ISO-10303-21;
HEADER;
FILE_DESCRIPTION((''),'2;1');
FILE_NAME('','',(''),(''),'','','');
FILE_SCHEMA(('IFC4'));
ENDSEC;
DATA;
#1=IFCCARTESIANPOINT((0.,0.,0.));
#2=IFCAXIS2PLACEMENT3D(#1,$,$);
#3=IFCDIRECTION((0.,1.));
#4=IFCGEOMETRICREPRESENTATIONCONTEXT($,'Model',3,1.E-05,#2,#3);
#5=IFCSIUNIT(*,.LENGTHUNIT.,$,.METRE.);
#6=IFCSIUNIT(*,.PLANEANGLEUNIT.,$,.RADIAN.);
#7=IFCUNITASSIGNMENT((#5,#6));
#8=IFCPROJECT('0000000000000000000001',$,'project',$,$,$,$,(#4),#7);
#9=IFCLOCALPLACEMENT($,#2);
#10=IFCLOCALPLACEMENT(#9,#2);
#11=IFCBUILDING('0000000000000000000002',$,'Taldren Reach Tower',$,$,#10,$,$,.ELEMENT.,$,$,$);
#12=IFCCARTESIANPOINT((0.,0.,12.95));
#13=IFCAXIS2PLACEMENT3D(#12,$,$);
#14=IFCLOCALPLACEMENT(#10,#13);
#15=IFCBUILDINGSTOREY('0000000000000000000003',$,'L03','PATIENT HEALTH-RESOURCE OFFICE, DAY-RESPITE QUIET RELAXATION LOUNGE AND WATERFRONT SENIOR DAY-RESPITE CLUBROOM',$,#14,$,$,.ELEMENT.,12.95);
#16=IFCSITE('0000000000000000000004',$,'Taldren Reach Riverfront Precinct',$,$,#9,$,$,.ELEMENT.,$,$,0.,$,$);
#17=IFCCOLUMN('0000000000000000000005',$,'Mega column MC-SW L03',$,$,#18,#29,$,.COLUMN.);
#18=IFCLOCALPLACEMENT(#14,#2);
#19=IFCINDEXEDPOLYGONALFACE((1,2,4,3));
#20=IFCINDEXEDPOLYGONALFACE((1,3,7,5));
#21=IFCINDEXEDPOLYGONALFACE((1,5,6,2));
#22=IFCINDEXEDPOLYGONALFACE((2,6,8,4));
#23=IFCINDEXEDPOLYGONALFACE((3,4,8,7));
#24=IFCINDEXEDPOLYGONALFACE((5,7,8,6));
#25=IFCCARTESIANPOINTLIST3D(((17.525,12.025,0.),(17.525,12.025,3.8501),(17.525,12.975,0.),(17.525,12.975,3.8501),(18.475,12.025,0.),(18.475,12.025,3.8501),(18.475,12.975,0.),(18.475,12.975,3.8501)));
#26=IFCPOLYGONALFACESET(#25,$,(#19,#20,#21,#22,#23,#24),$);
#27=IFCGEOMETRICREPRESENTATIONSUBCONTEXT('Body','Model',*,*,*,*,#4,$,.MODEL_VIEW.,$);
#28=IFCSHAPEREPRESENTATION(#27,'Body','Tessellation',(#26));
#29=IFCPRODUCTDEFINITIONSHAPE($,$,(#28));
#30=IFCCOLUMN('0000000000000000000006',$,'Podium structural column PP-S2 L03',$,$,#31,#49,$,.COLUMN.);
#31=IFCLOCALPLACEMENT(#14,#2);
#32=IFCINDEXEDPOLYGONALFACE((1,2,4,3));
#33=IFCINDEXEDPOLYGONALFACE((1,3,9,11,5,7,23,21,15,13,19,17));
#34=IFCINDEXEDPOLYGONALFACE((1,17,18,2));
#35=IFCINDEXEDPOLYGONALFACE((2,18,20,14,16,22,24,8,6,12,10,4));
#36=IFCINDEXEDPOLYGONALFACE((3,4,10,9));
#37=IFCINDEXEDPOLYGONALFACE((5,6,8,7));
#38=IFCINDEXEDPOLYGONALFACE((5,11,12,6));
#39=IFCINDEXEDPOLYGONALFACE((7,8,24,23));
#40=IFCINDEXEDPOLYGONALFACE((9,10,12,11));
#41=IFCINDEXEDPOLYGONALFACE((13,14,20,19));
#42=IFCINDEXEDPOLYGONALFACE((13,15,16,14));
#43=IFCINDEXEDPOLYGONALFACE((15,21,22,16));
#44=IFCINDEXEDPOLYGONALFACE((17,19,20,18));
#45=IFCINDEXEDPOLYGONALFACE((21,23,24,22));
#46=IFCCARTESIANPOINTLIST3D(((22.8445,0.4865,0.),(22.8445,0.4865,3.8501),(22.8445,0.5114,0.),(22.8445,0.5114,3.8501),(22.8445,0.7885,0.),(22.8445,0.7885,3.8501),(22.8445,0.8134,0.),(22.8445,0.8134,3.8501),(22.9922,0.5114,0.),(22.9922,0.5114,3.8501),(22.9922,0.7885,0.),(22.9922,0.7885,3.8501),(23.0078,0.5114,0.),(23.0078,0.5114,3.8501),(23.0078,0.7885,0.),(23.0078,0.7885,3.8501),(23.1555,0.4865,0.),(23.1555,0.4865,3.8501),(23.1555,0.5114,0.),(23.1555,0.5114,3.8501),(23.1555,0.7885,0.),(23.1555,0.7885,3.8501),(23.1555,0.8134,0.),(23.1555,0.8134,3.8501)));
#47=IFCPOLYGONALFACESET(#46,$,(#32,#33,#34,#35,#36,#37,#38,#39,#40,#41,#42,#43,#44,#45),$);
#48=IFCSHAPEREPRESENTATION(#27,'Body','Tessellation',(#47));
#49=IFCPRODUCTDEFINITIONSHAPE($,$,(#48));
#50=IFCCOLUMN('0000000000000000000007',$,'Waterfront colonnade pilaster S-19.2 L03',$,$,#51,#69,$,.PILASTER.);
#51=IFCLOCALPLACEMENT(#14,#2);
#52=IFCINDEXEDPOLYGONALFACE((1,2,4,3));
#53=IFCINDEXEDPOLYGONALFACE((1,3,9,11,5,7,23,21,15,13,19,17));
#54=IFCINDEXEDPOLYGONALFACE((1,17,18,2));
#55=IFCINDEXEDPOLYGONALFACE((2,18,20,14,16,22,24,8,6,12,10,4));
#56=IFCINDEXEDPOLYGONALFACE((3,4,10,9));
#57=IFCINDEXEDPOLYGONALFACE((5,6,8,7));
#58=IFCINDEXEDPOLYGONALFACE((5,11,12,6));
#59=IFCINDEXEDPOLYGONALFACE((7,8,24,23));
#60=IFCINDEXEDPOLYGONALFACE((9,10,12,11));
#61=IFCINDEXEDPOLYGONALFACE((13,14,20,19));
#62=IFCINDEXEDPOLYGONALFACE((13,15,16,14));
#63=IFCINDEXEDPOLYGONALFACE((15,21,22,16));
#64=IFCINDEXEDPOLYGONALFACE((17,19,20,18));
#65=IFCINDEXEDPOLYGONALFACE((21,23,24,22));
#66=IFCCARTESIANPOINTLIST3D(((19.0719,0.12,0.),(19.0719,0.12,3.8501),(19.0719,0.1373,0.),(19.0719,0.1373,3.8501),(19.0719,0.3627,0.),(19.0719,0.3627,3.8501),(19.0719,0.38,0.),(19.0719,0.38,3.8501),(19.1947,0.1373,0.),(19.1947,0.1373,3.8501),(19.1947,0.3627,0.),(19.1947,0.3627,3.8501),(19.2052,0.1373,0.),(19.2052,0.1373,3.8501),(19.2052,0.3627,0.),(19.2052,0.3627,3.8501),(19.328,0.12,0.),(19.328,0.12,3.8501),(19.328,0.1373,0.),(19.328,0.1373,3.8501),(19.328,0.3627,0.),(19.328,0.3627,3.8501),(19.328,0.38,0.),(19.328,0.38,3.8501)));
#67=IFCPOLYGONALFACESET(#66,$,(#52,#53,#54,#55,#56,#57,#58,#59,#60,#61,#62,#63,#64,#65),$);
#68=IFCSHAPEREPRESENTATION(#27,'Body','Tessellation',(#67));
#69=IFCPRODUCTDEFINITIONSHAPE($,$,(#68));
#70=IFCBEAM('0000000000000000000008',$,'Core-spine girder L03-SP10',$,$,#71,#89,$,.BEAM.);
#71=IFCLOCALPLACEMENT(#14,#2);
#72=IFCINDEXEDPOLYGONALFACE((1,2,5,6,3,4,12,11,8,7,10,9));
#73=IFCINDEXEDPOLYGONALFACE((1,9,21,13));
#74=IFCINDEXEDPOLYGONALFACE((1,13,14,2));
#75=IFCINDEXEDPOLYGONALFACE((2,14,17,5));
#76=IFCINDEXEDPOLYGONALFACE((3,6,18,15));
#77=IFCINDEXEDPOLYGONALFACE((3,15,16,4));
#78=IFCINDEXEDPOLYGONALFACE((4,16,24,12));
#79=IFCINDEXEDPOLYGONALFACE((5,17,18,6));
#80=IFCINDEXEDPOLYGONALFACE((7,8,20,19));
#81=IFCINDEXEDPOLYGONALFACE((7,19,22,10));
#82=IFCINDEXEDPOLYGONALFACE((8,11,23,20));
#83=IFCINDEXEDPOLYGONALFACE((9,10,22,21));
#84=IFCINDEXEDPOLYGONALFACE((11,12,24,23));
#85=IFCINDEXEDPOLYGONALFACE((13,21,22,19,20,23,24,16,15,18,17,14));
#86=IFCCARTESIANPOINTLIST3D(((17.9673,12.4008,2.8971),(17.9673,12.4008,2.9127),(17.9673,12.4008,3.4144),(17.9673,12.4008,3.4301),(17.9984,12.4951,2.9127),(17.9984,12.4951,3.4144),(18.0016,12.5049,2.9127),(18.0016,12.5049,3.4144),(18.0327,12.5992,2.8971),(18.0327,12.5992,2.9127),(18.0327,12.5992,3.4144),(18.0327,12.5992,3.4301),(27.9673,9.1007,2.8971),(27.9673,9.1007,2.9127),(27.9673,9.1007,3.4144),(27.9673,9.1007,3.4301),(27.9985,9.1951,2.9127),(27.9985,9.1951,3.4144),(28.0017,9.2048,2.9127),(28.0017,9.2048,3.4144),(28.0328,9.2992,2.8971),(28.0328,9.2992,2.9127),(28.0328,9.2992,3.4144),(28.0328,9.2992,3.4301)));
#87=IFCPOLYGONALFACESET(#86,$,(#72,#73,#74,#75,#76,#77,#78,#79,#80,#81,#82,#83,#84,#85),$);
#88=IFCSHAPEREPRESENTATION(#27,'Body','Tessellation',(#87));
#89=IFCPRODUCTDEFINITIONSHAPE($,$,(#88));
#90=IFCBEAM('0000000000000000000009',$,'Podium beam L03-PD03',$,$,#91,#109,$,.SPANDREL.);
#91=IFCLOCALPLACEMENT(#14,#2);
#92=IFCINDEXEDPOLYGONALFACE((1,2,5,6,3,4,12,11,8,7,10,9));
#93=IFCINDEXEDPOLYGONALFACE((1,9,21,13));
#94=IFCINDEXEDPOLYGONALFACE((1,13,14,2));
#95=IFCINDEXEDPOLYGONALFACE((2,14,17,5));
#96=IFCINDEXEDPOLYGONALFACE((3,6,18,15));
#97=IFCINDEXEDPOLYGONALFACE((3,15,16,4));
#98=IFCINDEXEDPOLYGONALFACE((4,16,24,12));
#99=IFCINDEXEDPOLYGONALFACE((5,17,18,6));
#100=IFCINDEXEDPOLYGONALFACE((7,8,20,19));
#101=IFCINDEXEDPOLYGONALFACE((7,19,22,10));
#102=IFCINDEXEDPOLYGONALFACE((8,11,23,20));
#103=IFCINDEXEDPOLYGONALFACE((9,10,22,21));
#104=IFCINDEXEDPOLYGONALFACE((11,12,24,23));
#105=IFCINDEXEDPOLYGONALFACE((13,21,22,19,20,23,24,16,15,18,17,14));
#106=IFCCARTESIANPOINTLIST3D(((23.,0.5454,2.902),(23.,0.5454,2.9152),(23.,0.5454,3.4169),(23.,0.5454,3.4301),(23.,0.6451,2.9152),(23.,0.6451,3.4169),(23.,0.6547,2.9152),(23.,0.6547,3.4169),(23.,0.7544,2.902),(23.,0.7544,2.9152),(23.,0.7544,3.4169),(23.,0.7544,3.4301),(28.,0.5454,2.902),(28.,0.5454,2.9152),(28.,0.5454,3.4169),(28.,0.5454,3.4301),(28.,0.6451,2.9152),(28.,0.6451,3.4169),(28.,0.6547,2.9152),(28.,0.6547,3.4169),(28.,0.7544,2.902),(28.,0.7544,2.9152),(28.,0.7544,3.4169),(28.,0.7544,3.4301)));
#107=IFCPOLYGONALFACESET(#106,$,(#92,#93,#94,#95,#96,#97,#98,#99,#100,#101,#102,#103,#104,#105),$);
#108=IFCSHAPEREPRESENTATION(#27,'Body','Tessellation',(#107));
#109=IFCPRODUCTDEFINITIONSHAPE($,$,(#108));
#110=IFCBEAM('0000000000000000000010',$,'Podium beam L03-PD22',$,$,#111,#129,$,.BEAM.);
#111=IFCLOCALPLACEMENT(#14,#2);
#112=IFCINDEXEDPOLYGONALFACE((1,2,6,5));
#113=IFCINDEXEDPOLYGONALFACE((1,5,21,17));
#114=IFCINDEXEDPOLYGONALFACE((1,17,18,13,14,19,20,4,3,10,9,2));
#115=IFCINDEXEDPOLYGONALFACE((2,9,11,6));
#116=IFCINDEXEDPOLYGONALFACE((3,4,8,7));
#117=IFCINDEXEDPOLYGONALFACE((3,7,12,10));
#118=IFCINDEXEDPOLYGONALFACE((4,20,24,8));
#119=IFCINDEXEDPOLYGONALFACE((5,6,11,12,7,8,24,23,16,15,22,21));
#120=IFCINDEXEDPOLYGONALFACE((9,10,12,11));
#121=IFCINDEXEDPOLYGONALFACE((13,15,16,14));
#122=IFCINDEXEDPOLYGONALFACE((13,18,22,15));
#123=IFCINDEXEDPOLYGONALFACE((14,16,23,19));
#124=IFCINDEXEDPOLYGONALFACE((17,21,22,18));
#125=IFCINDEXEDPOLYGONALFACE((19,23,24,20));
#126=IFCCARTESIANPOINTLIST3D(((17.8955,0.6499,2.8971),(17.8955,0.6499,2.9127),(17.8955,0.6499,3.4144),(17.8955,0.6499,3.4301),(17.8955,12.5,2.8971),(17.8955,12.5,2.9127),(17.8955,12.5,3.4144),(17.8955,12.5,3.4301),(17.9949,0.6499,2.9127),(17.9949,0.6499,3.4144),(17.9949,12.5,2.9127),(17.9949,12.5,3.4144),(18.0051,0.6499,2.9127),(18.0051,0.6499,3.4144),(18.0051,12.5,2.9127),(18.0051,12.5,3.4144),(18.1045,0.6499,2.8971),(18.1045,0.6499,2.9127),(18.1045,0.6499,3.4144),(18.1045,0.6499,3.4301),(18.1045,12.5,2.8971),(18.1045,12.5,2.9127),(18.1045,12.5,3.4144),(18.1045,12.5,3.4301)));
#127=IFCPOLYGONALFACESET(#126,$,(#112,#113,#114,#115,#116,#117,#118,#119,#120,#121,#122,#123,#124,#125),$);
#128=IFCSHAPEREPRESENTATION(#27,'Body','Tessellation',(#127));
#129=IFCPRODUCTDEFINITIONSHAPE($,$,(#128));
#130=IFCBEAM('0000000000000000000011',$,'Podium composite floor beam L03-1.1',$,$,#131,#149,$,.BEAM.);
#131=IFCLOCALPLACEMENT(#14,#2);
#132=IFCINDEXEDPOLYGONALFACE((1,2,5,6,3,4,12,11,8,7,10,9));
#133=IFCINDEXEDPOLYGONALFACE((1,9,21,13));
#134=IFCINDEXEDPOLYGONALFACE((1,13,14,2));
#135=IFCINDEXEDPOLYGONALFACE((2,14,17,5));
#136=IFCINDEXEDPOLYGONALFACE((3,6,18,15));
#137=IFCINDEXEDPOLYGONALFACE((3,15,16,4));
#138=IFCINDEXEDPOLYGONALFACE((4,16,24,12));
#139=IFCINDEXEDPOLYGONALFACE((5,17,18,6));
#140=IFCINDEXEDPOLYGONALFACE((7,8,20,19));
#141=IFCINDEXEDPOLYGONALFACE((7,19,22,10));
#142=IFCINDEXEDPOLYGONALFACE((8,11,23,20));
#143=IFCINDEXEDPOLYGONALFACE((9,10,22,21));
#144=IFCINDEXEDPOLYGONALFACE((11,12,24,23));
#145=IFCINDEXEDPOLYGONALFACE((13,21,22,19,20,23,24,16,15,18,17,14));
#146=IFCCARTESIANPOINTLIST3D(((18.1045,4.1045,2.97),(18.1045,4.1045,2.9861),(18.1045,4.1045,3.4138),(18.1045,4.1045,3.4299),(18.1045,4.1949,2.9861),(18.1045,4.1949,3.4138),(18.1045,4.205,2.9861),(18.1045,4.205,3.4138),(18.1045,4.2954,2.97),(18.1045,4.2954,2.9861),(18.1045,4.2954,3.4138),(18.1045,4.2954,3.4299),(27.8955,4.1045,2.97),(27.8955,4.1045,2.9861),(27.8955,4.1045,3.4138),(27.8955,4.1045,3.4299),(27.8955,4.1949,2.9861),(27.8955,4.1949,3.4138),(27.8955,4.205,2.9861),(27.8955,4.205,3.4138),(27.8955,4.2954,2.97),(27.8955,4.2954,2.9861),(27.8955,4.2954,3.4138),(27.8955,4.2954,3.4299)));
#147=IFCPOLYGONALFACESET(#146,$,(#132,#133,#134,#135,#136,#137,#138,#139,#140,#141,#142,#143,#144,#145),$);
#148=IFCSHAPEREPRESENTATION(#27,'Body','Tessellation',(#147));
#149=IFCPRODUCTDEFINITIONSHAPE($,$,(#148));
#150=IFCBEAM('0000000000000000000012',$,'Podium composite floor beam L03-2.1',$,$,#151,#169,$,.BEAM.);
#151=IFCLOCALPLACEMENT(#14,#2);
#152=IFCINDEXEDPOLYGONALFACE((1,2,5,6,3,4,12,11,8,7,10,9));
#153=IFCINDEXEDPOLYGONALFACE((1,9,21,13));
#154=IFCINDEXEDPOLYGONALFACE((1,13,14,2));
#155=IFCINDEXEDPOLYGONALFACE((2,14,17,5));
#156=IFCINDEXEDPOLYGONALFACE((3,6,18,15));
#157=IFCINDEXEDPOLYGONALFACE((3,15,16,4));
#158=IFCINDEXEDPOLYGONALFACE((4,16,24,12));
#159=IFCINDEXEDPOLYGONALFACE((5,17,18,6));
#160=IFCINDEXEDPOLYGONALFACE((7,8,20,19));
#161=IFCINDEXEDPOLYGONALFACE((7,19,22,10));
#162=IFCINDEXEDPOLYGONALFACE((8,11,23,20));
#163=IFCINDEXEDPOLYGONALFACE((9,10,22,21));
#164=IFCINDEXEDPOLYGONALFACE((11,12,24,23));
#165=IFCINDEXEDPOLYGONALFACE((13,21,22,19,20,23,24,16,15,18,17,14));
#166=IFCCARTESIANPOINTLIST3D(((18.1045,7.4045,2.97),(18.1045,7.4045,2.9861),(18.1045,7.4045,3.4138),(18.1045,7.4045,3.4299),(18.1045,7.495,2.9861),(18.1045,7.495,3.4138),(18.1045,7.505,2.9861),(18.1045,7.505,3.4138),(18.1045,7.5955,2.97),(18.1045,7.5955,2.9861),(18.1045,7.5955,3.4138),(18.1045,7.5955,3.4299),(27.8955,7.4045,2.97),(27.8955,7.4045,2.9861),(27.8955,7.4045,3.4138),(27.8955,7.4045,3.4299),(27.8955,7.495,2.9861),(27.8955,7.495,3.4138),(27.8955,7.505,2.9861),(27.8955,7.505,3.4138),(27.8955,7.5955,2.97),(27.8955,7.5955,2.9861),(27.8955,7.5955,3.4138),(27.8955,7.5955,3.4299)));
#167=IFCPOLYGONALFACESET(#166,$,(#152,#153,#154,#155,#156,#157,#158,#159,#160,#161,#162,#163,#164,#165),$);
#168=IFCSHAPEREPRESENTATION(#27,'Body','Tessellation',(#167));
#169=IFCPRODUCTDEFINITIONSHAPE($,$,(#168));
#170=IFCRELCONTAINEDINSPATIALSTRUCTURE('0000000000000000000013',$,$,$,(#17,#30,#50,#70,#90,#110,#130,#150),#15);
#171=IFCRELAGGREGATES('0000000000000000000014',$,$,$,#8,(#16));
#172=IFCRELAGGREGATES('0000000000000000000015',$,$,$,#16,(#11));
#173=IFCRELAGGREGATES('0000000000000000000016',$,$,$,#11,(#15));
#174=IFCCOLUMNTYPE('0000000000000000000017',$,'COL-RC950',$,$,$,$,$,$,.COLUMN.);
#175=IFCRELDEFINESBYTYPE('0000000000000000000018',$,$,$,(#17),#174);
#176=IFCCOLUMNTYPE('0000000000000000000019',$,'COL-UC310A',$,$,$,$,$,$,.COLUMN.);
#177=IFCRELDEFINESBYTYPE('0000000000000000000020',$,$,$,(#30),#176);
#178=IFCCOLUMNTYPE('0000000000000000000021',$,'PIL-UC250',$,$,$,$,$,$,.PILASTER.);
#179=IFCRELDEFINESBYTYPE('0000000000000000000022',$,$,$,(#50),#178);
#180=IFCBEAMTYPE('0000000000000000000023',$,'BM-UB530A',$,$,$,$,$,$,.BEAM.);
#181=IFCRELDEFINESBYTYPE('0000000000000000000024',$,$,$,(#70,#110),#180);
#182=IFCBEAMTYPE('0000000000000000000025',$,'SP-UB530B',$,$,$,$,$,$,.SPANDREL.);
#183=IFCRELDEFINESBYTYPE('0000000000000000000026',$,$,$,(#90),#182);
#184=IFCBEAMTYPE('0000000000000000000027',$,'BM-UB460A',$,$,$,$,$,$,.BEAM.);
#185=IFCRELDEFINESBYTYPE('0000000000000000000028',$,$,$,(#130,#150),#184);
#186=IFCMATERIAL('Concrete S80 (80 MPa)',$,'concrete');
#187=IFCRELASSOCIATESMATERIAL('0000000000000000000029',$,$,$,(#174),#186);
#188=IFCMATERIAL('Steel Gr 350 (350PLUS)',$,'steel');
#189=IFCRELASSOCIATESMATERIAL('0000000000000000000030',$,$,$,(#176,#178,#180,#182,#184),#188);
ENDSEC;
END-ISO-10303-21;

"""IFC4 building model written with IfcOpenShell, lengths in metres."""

from ifc_helpers import new_model, si_unit, direction, frame, origin, origin_2d, place, context, subcontext, project, spatial, rectangle, i_section, extrude, source, transform, mapped, material, material_profile, profile_set, type_object, element, save


model = new_model("IFC4")

# Units and contexts
model_context = context("Model", 3, precision=1e-05, world=origin(), true_north=direction((0.0, 1.0)))
body_context = subcontext(model_context, "Body", "Model", "MODEL_VIEW")
ifc_project = project(units=[si_unit("LENGTHUNIT", "METRE"), si_unit("PLANEANGLEUNIT", "RADIAN")], contexts=[model_context])

# Site, building, storey
site_placement = place(None, origin())
site = spatial("IfcSite", under=ifc_project, at=site_placement, Name="Taldren Reach Riverfront Precinct", CompositionType="ELEMENT", RefElevation=0.0)
building_placement = place(site_placement, origin())
building = spatial("IfcBuilding", under=site, at=building_placement, Name="Taldren Reach Tower", CompositionType="ELEMENT")
storey_placement = place(building_placement, frame((0.0, 0.0, 12.95)))
storey = spatial("IfcBuildingStorey", under=building, at=storey_placement, Name="L03", Description="PATIENT HEALTH-RESOURCE OFFICE, DAY-RESPITE QUIET RELAXATION LOUNGE AND WATERFRONT SENIOR DAY-RESPITE CLUBROOM", CompositionType="ELEMENT", Elevation=12.95)

# Columns
ifc_material_1 = material(Name="Concrete S80 (80 MPa)", Category="concrete")
ifc_material_profile_1 = material_profile(ifc_material_1, rectangle(XDim=0.95, YDim=0.95, at=origin_2d()), Name="RC-950x950")
ifc_profile_set_1 = profile_set([ifc_material_profile_1], Name="Concrete S80 (80 MPa)")
column_type_1 = type_object("IfcColumnType", Name="COL-RC950", PredefinedType="COLUMN", material=ifc_profile_set_1)
shared_shape_1 = source(origin(), body_context, "Body", "SweptSolid", [
    extrude(rectangle(XDim=0.95, YDim=0.95, at=origin_2d()), origin(), (0.0, 0.0, 1.0), 3.8501),
])
column_1_placement = place(storey_placement, frame((18.0, 12.5, 0.0), z_axis=(0.0, 0.0, 1.0), x_axis=(1.0, 0.0, 0.0)))
element("IfcColumn", 1, at=column_1_placement, inside=storey, type_object=column_type_1, Name="Mega column MC-SW L03", PredefinedType="COLUMN", context=body_context, shape_type="MappedRepresentation", body=[
    mapped(shared_shape_1, transform((0.0, 0.0, 0.0), scale=1.0)),
])
ifc_material_2 = material(Name="Steel Gr 350 (350PLUS)", Category="steel")
ifc_material_profile_2 = material_profile(ifc_material_2, i_section(OverallWidth=0.311, OverallDepth=0.3269, WebThickness=0.0156, FlangeThickness=0.0249, at=origin_2d()), Name="310UC158")
ifc_profile_set_2 = profile_set([ifc_material_profile_2], Name="Steel Gr 350 (350PLUS)")
column_type_2 = type_object("IfcColumnType", Name="COL-UC310A", PredefinedType="COLUMN", material=ifc_profile_set_2)
shared_shape_2 = source(origin(), body_context, "Body", "SweptSolid", [
    extrude(i_section(OverallWidth=0.311, OverallDepth=0.3269, WebThickness=0.0156, FlangeThickness=0.0249, at=origin_2d()), origin(), (0.0, 0.0, 1.0), 3.8501),
])
column_2_placement = place(storey_placement, frame((23.0, 0.6499, 0.0), z_axis=(0.0, 0.0, 1.0), x_axis=(1.0, 0.0, 0.0)))
element("IfcColumn", 2, at=column_2_placement, inside=storey, type_object=column_type_2, Name="Podium structural column PP-S2 L03", PredefinedType="COLUMN", context=body_context, shape_type="MappedRepresentation", body=[
    mapped(shared_shape_2, transform((0.0, 0.0, 0.0), scale=1.0)),
])
ifc_material_profile_3 = material_profile(ifc_material_2, i_section(OverallWidth=0.2561, OverallDepth=0.26, WebThickness=0.0105, FlangeThickness=0.0173, at=origin_2d()), Name="250UC89.5")
ifc_profile_set_3 = profile_set([ifc_material_profile_3], Name="Steel Gr 350 (350PLUS)")
column_type_3 = type_object("IfcColumnType", Name="PIL-UC250", PredefinedType="PILASTER", material=ifc_profile_set_3)
shared_shape_3 = source(origin(), body_context, "Body", "SweptSolid", [
    extrude(i_section(OverallWidth=0.2561, OverallDepth=0.26, WebThickness=0.0105, FlangeThickness=0.0173, at=origin_2d()), origin(), (0.0, 0.0, 1.0), 3.8501),
])
column_3_placement = place(storey_placement, frame((19.2, 0.25, 0.0), z_axis=(0.0, 0.0, 1.0), x_axis=(1.0, 0.0, 0.0)))
element("IfcColumn", 3, at=column_3_placement, inside=storey, type_object=column_type_3, Name="Waterfront colonnade pilaster S-19.2 L03", PredefinedType="PILASTER", context=body_context, shape_type="MappedRepresentation", body=[
    mapped(shared_shape_3, transform((0.0, 0.0, 0.0), scale=1.0)),
])

# Beams
ifc_material_profile_4 = material_profile(ifc_material_2, i_section(OverallWidth=0.209, OverallDepth=0.533, WebThickness=0.0103, FlangeThickness=0.0156, at=origin_2d()), Name="530UB92.4")
ifc_profile_set_4 = profile_set([ifc_material_profile_4], Name="Steel Gr 350 (350PLUS)")
beam_type_1 = type_object("IfcBeamType", Name="BM-UB530A", PredefinedType="BEAM", material=ifc_profile_set_4)
shared_shape_4 = source(origin(), body_context, "Body", "SweptSolid", [
    extrude(i_section(OverallWidth=0.209, OverallDepth=0.533, WebThickness=0.0103, FlangeThickness=0.0156, at=origin_2d()), origin(), (0.0, 0.0, 1.0), 10.5305),
])
beam_1_placement = place(storey_placement, frame((18.0, 12.5, 3.1636), z_axis=(0.949627, -0.313382, 0.0), x_axis=(0.313382, 0.949627, 0.0)))
element("IfcBeam", 4, at=beam_1_placement, inside=storey, type_object=beam_type_1, Name="Core-spine girder L03-SP10", PredefinedType="BEAM", context=body_context, shape_type="MappedRepresentation", body=[
    mapped(shared_shape_4, transform((0.0, 0.0, 0.0), scale=1.0)),
])
ifc_material_profile_5 = material_profile(ifc_material_2, i_section(OverallWidth=0.209, OverallDepth=0.5281, WebThickness=0.0095, FlangeThickness=0.0132, at=origin_2d()), Name="530UB82.0")
ifc_profile_set_5 = profile_set([ifc_material_profile_5], Name="Steel Gr 350 (350PLUS)")
beam_type_2 = type_object("IfcBeamType", Name="SP-UB530B", PredefinedType="SPANDREL", material=ifc_profile_set_5)
shared_shape_5 = source(origin(), body_context, "Body", "SweptSolid", [
    extrude(i_section(OverallWidth=0.209, OverallDepth=0.5281, WebThickness=0.0095, FlangeThickness=0.0132, at=origin_2d()), origin(), (0.0, 0.0, 1.0), 5.0),
])
beam_2_placement = place(storey_placement, frame((23.0, 0.6499, 3.166), z_axis=(1.0, 0.0, 0.0), x_axis=(0.0, 1.0, 0.0)))
element("IfcBeam", 5, at=beam_2_placement, inside=storey, type_object=beam_type_2, Name="Podium beam L03-PD03", PredefinedType="SPANDREL", context=body_context, shape_type="MappedRepresentation", body=[
    mapped(shared_shape_5, transform((0.0, 0.0, 0.0), scale=1.0)),
])
shared_shape_6 = source(origin(), body_context, "Body", "SweptSolid", [
    extrude(i_section(OverallWidth=0.209, OverallDepth=0.533, WebThickness=0.0103, FlangeThickness=0.0156, at=origin_2d()), origin(), (0.0, 0.0, 1.0), 11.8501),
])
beam_3_placement = place(storey_placement, frame((18.0, 0.6499, 3.1636), z_axis=(0.0, 1.0, 0.0), x_axis=(-1.0, 0.0, 0.0)))
element("IfcBeam", 6, at=beam_3_placement, inside=storey, type_object=beam_type_1, Name="Podium beam L03-PD22", PredefinedType="BEAM", context=body_context, shape_type="MappedRepresentation", body=[
    mapped(shared_shape_6, transform((0.0, 0.0, 0.0), scale=1.0)),
])
ifc_material_profile_6 = material_profile(ifc_material_2, i_section(OverallWidth=0.1909, OverallDepth=0.46, WebThickness=0.01, FlangeThickness=0.0161, at=origin_2d()), Name="460UB82.1")
ifc_profile_set_6 = profile_set([ifc_material_profile_6], Name="Steel Gr 350 (350PLUS)")
beam_type_3 = type_object("IfcBeamType", Name="BM-UB460A", PredefinedType="BEAM", material=ifc_profile_set_6)
shared_shape_7 = source(origin(), body_context, "Body", "SweptSolid", [
    extrude(i_section(OverallWidth=0.1909, OverallDepth=0.46, WebThickness=0.01, FlangeThickness=0.0161, at=origin_2d()), origin(), (0.0, 0.0, 1.0), 9.791),
])
for number, where, z_axis, x_axis, name in (
    (7, (18.1045, 4.2, 3.2), (1.0, 0.0, 0.0), (0.0, 1.0, 0.0), "Podium composite floor beam L03-1.1"),
    (8, (18.1045, 7.5, 3.2), (1.0, 0.0, 0.0), (0.0, 1.0, 0.0), "Podium composite floor beam L03-2.1"),
):
    element("IfcBeam", number, at=place(storey_placement, frame(where, z_axis=z_axis, x_axis=x_axis)), inside=storey, type_object=beam_type_3, Name=name, PredefinedType="BEAM", context=body_context, shape_type="MappedRepresentation", body=[
        mapped(shared_shape_7, transform((0.0, 0.0, 0.0), scale=1.0)),
    ])

save(model, "model.ifc")
